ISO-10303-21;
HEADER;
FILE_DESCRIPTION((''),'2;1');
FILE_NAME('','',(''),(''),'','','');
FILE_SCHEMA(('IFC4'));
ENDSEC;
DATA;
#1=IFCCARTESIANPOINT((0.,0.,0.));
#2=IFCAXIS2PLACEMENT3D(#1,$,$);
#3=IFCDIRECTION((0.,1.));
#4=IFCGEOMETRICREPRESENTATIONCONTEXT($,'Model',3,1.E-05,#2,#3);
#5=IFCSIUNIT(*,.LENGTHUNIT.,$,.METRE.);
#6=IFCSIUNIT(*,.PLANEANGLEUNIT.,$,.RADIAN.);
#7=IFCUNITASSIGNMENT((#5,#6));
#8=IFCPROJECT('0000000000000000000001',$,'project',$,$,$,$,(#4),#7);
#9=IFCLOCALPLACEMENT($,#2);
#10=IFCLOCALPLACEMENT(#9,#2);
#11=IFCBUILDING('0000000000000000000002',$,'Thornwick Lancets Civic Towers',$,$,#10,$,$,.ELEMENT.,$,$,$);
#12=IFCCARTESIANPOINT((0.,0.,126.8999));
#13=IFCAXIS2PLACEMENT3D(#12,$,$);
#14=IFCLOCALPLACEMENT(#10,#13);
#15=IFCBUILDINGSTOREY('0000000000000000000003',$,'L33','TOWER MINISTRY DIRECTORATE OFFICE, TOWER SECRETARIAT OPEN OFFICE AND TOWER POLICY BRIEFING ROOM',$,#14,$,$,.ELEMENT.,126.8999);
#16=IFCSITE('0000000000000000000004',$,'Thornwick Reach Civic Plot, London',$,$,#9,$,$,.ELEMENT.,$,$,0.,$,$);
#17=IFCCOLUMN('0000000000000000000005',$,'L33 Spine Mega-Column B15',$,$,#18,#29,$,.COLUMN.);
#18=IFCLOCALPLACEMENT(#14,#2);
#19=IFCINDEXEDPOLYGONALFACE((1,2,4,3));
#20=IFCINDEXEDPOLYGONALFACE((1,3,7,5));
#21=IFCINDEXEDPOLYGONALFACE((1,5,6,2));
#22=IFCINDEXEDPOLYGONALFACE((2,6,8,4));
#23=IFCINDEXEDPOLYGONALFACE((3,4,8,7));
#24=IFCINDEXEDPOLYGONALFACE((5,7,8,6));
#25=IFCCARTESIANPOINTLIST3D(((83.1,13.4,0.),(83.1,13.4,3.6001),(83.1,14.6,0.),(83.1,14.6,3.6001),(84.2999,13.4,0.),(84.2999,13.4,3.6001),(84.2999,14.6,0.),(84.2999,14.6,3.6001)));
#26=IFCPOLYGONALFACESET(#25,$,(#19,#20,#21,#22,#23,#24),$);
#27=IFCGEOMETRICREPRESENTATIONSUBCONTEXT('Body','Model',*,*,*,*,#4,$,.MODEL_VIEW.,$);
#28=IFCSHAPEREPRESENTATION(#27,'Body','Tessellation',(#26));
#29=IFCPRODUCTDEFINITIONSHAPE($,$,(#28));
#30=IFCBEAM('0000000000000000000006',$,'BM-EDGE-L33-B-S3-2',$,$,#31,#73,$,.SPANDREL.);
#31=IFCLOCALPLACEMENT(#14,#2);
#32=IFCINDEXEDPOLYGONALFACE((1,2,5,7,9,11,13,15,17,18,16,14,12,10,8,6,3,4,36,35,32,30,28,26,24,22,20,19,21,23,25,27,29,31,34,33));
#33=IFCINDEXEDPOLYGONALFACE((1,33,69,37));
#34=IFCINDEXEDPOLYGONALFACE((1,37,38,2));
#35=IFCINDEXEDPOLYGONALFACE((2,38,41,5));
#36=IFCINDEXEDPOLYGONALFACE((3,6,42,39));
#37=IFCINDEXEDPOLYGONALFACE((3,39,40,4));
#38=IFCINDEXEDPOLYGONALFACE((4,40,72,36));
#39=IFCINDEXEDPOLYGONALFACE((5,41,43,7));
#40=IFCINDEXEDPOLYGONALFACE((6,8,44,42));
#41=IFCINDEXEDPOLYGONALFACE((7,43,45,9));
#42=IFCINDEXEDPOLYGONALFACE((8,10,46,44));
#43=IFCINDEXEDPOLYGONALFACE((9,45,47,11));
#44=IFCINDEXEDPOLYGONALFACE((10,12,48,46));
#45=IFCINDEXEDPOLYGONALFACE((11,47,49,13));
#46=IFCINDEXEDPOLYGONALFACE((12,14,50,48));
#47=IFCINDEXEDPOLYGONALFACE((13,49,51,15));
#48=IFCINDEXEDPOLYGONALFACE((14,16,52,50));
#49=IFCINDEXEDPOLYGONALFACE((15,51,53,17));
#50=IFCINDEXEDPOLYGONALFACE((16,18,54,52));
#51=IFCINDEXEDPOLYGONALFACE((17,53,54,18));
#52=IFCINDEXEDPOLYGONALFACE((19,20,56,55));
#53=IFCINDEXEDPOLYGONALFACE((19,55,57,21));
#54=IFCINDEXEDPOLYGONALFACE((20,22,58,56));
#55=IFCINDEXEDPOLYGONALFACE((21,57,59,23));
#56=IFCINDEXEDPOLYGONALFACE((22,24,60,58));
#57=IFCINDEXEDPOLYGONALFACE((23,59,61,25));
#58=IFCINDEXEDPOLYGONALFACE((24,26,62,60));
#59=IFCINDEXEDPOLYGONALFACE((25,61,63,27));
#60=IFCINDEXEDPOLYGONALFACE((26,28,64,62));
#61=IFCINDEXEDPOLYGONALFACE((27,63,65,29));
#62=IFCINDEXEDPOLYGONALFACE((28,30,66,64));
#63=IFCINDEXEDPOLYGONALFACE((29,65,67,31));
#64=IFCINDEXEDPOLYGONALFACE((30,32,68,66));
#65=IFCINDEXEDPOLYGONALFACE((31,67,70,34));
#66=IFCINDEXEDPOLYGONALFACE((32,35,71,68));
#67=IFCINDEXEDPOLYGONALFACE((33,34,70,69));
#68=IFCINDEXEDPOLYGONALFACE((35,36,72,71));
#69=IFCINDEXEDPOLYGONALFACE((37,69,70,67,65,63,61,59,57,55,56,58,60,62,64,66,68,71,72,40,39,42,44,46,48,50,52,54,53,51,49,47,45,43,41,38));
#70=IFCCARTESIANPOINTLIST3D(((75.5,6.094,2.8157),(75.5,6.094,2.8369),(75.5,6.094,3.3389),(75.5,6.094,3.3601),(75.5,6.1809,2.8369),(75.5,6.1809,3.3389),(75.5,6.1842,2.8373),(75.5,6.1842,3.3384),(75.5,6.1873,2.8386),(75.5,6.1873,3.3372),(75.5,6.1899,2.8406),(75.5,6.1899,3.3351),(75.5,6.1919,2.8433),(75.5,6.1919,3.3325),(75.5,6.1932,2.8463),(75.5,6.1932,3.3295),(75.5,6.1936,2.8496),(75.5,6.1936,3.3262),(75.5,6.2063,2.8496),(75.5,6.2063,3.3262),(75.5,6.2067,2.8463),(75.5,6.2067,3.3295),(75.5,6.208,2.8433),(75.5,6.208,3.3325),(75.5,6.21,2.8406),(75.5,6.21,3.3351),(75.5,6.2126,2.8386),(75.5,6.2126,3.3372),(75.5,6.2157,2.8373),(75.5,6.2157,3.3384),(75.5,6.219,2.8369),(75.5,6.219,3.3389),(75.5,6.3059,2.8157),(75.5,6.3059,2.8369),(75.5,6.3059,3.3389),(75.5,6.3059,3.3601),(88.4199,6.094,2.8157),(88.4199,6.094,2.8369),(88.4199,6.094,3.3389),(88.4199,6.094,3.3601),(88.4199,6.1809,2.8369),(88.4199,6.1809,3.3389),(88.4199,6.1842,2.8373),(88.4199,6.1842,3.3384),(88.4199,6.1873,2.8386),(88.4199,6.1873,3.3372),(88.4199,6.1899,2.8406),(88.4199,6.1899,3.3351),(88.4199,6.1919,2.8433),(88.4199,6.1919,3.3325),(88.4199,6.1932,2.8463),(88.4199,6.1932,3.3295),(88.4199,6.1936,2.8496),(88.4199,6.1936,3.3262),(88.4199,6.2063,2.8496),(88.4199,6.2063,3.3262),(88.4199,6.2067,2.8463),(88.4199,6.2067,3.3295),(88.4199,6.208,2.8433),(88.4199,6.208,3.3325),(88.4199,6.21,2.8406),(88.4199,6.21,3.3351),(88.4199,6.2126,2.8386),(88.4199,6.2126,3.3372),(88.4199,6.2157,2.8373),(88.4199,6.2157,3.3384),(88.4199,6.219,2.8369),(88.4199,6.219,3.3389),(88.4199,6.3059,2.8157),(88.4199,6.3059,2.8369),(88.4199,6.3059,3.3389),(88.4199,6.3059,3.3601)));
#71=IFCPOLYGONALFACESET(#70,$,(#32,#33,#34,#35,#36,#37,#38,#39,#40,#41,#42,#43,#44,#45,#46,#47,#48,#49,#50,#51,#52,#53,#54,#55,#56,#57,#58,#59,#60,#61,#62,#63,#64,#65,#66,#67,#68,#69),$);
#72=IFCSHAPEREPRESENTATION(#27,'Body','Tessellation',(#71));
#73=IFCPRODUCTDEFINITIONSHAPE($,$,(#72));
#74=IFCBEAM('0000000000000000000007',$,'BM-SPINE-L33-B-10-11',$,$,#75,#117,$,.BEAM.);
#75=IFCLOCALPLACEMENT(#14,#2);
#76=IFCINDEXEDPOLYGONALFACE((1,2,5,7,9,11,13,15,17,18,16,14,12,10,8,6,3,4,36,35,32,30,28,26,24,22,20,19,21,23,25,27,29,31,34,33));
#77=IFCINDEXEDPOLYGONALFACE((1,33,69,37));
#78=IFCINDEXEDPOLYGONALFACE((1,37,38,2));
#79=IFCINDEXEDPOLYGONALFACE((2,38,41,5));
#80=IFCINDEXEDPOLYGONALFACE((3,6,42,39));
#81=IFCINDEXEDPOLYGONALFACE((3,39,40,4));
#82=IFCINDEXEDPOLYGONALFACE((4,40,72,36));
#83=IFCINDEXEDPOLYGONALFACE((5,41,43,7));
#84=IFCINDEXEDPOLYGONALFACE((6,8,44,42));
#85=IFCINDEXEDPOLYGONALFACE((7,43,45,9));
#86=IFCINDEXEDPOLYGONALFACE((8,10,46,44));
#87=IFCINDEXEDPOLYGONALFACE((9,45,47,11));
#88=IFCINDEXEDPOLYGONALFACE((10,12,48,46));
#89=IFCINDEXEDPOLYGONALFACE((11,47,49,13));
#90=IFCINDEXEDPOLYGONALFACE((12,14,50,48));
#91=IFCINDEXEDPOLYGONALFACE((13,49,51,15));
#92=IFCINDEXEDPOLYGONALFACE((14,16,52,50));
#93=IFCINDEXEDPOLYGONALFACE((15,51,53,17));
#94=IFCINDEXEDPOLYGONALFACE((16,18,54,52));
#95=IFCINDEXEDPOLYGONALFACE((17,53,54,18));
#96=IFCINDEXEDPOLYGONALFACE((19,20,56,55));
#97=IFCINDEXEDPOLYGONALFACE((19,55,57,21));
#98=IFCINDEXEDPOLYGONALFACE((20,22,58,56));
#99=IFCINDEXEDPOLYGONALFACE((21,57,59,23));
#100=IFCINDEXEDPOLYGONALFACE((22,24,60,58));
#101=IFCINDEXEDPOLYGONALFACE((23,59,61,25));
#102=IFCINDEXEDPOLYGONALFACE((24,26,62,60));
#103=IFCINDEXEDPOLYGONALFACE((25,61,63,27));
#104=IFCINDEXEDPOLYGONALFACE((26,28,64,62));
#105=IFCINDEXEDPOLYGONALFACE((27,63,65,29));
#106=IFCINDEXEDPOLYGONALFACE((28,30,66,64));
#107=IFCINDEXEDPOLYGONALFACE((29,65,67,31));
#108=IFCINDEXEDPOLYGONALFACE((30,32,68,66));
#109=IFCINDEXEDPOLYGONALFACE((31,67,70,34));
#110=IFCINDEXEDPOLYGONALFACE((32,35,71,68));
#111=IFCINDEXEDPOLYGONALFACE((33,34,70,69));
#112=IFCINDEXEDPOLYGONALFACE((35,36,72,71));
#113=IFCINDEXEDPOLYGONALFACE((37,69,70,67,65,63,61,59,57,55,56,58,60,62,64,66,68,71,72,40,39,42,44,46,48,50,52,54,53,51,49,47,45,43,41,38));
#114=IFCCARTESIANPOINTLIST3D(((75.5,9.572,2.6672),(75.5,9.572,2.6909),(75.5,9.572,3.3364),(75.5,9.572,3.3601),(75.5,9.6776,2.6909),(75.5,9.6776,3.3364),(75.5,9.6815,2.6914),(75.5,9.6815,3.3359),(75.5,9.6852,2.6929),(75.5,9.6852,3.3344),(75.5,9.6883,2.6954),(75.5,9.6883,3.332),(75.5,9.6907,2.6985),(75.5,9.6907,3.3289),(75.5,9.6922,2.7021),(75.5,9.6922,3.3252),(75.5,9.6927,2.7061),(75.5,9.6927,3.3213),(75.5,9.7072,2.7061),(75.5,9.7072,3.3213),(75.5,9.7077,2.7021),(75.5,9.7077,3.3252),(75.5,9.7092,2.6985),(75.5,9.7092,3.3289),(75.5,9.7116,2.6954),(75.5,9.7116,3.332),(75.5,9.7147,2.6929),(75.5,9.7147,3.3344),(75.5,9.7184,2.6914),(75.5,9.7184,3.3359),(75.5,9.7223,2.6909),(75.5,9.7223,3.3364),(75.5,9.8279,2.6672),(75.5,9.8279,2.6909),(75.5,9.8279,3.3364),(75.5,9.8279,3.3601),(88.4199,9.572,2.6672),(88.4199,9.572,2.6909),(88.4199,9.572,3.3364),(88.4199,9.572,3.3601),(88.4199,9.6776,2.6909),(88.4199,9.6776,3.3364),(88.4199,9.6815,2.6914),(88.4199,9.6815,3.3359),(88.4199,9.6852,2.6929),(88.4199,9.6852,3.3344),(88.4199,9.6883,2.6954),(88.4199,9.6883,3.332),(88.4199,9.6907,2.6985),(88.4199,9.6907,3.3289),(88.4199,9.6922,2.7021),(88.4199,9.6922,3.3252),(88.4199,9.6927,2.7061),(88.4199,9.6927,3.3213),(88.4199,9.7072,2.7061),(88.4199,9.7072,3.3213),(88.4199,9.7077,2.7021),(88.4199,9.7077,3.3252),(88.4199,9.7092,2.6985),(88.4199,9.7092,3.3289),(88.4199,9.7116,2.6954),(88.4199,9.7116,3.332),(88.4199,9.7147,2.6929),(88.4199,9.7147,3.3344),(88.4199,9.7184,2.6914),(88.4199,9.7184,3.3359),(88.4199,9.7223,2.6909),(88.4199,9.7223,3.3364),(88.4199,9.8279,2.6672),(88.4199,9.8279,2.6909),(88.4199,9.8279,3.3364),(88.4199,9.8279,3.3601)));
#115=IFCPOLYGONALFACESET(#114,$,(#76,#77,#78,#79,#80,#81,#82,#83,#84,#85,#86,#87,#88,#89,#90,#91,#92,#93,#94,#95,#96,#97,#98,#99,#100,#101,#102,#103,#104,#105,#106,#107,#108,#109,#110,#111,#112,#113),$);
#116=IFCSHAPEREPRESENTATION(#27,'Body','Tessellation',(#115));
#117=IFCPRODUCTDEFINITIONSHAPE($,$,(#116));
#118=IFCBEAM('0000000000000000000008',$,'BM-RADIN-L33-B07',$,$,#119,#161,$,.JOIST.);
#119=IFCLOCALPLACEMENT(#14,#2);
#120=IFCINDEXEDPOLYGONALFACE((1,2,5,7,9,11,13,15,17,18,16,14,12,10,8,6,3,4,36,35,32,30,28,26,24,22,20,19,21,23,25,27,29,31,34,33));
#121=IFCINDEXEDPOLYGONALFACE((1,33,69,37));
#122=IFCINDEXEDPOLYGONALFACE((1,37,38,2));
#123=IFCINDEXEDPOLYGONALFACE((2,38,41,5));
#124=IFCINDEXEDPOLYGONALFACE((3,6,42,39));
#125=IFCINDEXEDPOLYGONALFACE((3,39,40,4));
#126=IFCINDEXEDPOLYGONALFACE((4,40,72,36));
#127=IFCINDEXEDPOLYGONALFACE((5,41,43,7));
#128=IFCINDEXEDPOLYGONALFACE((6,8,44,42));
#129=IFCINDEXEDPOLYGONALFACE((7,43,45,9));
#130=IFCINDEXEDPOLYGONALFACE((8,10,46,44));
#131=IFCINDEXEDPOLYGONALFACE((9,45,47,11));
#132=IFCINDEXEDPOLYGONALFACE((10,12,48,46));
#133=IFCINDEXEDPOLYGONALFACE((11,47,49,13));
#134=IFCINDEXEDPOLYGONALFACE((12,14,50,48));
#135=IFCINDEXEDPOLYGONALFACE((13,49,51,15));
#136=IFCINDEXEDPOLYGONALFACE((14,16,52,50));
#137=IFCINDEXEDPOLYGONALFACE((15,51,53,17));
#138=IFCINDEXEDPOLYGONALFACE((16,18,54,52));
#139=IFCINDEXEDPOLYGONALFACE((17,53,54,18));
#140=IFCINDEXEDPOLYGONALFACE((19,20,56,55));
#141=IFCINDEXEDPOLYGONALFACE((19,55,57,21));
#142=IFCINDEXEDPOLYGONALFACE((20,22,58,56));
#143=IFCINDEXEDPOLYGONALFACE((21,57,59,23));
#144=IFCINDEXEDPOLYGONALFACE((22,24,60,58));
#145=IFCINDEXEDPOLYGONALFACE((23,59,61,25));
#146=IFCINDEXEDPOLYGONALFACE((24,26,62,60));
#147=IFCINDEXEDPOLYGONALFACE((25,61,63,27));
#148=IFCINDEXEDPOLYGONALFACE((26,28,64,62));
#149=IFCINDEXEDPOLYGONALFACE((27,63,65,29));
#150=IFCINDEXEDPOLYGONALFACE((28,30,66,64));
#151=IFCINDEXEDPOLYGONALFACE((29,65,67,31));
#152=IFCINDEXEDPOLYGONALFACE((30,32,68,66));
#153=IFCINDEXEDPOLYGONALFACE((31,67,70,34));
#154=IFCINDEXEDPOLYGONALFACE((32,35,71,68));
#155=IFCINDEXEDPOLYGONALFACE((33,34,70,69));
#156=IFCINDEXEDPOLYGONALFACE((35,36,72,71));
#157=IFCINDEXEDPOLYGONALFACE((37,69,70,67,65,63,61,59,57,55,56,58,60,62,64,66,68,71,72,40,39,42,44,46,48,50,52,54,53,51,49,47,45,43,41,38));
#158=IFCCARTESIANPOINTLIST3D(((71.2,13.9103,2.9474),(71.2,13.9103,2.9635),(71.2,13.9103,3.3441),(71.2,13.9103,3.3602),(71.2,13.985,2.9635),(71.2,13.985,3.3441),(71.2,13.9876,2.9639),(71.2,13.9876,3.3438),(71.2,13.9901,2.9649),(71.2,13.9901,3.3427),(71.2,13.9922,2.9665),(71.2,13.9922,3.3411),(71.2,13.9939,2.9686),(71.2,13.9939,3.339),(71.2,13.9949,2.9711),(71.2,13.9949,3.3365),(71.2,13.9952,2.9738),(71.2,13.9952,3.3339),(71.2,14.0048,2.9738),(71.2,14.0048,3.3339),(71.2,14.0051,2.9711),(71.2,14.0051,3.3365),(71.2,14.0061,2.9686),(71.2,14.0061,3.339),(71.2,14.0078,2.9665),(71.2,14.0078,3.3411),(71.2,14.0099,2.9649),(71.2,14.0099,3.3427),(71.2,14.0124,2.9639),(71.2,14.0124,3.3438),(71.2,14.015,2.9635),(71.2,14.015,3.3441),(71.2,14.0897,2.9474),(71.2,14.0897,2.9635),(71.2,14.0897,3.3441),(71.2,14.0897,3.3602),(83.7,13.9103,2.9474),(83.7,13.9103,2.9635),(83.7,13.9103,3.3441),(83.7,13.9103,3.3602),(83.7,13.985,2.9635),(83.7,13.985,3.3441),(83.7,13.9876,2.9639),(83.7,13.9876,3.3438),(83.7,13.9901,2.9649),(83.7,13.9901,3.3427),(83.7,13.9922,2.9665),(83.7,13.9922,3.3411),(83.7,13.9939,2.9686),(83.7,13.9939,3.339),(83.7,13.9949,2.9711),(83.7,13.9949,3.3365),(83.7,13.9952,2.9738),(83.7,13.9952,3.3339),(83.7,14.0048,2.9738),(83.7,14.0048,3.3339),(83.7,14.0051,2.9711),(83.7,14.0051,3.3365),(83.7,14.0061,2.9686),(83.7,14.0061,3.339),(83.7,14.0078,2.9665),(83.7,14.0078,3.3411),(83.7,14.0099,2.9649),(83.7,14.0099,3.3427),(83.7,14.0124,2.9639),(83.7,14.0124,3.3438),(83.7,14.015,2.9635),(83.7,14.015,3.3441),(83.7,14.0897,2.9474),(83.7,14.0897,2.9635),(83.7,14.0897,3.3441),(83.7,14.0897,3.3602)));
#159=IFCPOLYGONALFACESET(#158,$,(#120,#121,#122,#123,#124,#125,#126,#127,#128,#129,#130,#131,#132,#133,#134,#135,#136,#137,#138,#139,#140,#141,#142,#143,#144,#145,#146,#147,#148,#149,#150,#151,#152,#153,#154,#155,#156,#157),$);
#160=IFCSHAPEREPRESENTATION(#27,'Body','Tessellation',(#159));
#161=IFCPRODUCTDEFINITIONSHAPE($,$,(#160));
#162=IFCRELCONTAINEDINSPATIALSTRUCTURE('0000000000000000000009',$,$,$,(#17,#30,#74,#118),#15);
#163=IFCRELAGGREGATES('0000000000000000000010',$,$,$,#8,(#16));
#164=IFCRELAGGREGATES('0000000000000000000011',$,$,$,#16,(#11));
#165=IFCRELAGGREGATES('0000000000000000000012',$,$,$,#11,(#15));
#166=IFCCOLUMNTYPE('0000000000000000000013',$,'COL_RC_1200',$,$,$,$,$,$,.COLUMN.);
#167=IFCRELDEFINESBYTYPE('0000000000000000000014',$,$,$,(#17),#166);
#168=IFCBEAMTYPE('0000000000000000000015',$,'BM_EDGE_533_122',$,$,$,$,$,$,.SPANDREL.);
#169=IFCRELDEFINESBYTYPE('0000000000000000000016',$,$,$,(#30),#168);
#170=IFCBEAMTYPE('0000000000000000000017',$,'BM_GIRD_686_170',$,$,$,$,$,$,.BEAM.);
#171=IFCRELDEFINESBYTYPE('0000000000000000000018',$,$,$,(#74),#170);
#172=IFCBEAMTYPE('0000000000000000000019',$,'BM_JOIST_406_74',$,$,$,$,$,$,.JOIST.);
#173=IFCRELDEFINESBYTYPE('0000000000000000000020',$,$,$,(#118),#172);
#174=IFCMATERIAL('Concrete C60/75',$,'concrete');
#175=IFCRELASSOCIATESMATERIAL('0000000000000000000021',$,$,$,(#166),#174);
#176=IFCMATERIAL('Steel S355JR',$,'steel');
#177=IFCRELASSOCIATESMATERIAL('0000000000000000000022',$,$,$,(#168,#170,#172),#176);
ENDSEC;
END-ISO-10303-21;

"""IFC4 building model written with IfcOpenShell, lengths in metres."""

from ifc_helpers import new_model, si_unit, direction, frame, origin, origin_2d, place, context, subcontext, project, spatial, rectangle, i_section, extrude, material, material_profile, profile_set, type_object, element, save


model = new_model("IFC4")

# Units and contexts
model_context = context("Model", 3, precision=1e-05, world=origin(), true_north=direction((0.0, 1.0)))
body_context = subcontext(model_context, "Body", "Model", "MODEL_VIEW")
ifc_project = project(units=[si_unit("LENGTHUNIT", "METRE"), si_unit("PLANEANGLEUNIT", "RADIAN")], contexts=[model_context])

# Site, building, storey
site_placement = place(None, origin())
site = spatial("IfcSite", under=ifc_project, at=site_placement, Name="Thornwick Reach Civic Plot, London", CompositionType="ELEMENT", RefElevation=0.0)
building_placement = place(site_placement, origin())
building = spatial("IfcBuilding", under=site, at=building_placement, Name="Thornwick Lancets Civic Towers", CompositionType="ELEMENT")
storey_placement = place(building_placement, frame((0.0, 0.0, 126.8999)))
storey = spatial("IfcBuildingStorey", under=building, at=storey_placement, Name="L33", Description="TOWER MINISTRY DIRECTORATE OFFICE, TOWER SECRETARIAT OPEN OFFICE AND TOWER POLICY BRIEFING ROOM", CompositionType="ELEMENT", Elevation=126.8999)

# Column
ifc_material_1 = material(Name="Concrete C60/75", Category="concrete")
ifc_material_profile_1 = material_profile(ifc_material_1, rectangle(XDim=1.2, YDim=1.2, at=origin_2d()), Name="RC 1200x1200")
ifc_profile_set_1 = profile_set([ifc_material_profile_1], Name="Concrete C60/75")
column_type = type_object("IfcColumnType", Name="COL_RC_1200", PredefinedType="COLUMN", material=ifc_profile_set_1)
column_placement = place(storey_placement, frame((83.7, 14.0, 0.0), z_axis=(0.0, 0.0, 1.0), x_axis=(1.0, 0.0, 0.0)))
element("IfcColumn", 1, at=column_placement, inside=storey, type_object=column_type, Name="L33 Spine Mega-Column B15", PredefinedType="COLUMN", context=body_context, shape_type="SweptSolid", body=[
    extrude(rectangle(XDim=1.2, YDim=1.2, at=origin_2d()), origin(), (0.0, 0.0, 1.0), 3.6001),
])

# Beams
ifc_material_2 = material(Name="Steel S355JR", Category="steel")
ifc_material_profile_2 = material_profile(ifc_material_2, i_section(OverallWidth=0.2119, OverallDepth=0.5444, WebThickness=0.0127, FlangeThickness=0.0212, FilletRadius=0.0127, at=origin_2d()), Name="UKB 533x210x122")
ifc_profile_set_2 = profile_set([ifc_material_profile_2], Name="Steel S355JR")
beam_type_1 = type_object("IfcBeamType", Name="BM_EDGE_533_122", PredefinedType="SPANDREL", material=ifc_profile_set_2)
beam_1_placement = place(storey_placement, frame((88.4199, 6.2, 3.0879), z_axis=(-1.0, 0.0, 0.0), x_axis=(0.0, -1.0, 0.0)))
element("IfcBeam", 2, at=beam_1_placement, inside=storey, type_object=beam_type_1, Name="BM-EDGE-L33-B-S3-2", PredefinedType="SPANDREL", context=body_context, shape_type="SweptSolid", body=[
    extrude(i_section(OverallWidth=0.2119, OverallDepth=0.5444, WebThickness=0.0127, FlangeThickness=0.0212, FilletRadius=0.0127, at=origin_2d()), origin(), (0.0, 0.0, 1.0), 12.9199),
])
ifc_material_profile_3 = material_profile(ifc_material_2, i_section(OverallWidth=0.2559, OverallDepth=0.6929, WebThickness=0.0144, FlangeThickness=0.0237, FilletRadius=0.0151, at=origin_2d()), Name="UKB 686x254x170")
ifc_profile_set_3 = profile_set([ifc_material_profile_3], Name="Steel S355JR")
beam_type_2 = type_object("IfcBeamType", Name="BM_GIRD_686_170", PredefinedType="BEAM", material=ifc_profile_set_3)
beam_2_placement = place(storey_placement, frame((88.4199, 9.7, 3.0137), z_axis=(-1.0, 0.0, 0.0), x_axis=(0.0, -1.0, 0.0)))
element("IfcBeam", 3, at=beam_2_placement, inside=storey, type_object=beam_type_2, Name="BM-SPINE-L33-B-10-11", PredefinedType="BEAM", context=body_context, shape_type="SweptSolid", body=[
    extrude(i_section(OverallWidth=0.2559, OverallDepth=0.6929, WebThickness=0.0144, FlangeThickness=0.0237, FilletRadius=0.0151, at=origin_2d()), origin(), (0.0, 0.0, 1.0), 12.9199),
])
ifc_material_profile_4 = material_profile(ifc_material_2, i_section(OverallWidth=0.1794, OverallDepth=0.4128, WebThickness=0.0095, FlangeThickness=0.0161, FilletRadius=0.0103, at=origin_2d()), Name="UKB 406x178x74")
ifc_profile_set_4 = profile_set([ifc_material_profile_4], Name="Steel S355JR")
beam_type_3 = type_object("IfcBeamType", Name="BM_JOIST_406_74", PredefinedType="JOIST", material=ifc_profile_set_4)
beam_3_placement = place(storey_placement, frame((83.7, 14.0, 3.1538), z_axis=(-1.0, 0.0, 0.0), x_axis=(0.0, -1.0, 0.0)))
element("IfcBeam", 4, at=beam_3_placement, inside=storey, type_object=beam_type_3, Name="BM-RADIN-L33-B07", PredefinedType="JOIST", context=body_context, shape_type="SweptSolid", body=[
    extrude(i_section(OverallWidth=0.1794, OverallDepth=0.4128, WebThickness=0.0095, FlangeThickness=0.0161, FilletRadius=0.0103, at=origin_2d()), origin(), (0.0, 0.0, 1.0), 12.5),
])

save(model, "model.ifc")
